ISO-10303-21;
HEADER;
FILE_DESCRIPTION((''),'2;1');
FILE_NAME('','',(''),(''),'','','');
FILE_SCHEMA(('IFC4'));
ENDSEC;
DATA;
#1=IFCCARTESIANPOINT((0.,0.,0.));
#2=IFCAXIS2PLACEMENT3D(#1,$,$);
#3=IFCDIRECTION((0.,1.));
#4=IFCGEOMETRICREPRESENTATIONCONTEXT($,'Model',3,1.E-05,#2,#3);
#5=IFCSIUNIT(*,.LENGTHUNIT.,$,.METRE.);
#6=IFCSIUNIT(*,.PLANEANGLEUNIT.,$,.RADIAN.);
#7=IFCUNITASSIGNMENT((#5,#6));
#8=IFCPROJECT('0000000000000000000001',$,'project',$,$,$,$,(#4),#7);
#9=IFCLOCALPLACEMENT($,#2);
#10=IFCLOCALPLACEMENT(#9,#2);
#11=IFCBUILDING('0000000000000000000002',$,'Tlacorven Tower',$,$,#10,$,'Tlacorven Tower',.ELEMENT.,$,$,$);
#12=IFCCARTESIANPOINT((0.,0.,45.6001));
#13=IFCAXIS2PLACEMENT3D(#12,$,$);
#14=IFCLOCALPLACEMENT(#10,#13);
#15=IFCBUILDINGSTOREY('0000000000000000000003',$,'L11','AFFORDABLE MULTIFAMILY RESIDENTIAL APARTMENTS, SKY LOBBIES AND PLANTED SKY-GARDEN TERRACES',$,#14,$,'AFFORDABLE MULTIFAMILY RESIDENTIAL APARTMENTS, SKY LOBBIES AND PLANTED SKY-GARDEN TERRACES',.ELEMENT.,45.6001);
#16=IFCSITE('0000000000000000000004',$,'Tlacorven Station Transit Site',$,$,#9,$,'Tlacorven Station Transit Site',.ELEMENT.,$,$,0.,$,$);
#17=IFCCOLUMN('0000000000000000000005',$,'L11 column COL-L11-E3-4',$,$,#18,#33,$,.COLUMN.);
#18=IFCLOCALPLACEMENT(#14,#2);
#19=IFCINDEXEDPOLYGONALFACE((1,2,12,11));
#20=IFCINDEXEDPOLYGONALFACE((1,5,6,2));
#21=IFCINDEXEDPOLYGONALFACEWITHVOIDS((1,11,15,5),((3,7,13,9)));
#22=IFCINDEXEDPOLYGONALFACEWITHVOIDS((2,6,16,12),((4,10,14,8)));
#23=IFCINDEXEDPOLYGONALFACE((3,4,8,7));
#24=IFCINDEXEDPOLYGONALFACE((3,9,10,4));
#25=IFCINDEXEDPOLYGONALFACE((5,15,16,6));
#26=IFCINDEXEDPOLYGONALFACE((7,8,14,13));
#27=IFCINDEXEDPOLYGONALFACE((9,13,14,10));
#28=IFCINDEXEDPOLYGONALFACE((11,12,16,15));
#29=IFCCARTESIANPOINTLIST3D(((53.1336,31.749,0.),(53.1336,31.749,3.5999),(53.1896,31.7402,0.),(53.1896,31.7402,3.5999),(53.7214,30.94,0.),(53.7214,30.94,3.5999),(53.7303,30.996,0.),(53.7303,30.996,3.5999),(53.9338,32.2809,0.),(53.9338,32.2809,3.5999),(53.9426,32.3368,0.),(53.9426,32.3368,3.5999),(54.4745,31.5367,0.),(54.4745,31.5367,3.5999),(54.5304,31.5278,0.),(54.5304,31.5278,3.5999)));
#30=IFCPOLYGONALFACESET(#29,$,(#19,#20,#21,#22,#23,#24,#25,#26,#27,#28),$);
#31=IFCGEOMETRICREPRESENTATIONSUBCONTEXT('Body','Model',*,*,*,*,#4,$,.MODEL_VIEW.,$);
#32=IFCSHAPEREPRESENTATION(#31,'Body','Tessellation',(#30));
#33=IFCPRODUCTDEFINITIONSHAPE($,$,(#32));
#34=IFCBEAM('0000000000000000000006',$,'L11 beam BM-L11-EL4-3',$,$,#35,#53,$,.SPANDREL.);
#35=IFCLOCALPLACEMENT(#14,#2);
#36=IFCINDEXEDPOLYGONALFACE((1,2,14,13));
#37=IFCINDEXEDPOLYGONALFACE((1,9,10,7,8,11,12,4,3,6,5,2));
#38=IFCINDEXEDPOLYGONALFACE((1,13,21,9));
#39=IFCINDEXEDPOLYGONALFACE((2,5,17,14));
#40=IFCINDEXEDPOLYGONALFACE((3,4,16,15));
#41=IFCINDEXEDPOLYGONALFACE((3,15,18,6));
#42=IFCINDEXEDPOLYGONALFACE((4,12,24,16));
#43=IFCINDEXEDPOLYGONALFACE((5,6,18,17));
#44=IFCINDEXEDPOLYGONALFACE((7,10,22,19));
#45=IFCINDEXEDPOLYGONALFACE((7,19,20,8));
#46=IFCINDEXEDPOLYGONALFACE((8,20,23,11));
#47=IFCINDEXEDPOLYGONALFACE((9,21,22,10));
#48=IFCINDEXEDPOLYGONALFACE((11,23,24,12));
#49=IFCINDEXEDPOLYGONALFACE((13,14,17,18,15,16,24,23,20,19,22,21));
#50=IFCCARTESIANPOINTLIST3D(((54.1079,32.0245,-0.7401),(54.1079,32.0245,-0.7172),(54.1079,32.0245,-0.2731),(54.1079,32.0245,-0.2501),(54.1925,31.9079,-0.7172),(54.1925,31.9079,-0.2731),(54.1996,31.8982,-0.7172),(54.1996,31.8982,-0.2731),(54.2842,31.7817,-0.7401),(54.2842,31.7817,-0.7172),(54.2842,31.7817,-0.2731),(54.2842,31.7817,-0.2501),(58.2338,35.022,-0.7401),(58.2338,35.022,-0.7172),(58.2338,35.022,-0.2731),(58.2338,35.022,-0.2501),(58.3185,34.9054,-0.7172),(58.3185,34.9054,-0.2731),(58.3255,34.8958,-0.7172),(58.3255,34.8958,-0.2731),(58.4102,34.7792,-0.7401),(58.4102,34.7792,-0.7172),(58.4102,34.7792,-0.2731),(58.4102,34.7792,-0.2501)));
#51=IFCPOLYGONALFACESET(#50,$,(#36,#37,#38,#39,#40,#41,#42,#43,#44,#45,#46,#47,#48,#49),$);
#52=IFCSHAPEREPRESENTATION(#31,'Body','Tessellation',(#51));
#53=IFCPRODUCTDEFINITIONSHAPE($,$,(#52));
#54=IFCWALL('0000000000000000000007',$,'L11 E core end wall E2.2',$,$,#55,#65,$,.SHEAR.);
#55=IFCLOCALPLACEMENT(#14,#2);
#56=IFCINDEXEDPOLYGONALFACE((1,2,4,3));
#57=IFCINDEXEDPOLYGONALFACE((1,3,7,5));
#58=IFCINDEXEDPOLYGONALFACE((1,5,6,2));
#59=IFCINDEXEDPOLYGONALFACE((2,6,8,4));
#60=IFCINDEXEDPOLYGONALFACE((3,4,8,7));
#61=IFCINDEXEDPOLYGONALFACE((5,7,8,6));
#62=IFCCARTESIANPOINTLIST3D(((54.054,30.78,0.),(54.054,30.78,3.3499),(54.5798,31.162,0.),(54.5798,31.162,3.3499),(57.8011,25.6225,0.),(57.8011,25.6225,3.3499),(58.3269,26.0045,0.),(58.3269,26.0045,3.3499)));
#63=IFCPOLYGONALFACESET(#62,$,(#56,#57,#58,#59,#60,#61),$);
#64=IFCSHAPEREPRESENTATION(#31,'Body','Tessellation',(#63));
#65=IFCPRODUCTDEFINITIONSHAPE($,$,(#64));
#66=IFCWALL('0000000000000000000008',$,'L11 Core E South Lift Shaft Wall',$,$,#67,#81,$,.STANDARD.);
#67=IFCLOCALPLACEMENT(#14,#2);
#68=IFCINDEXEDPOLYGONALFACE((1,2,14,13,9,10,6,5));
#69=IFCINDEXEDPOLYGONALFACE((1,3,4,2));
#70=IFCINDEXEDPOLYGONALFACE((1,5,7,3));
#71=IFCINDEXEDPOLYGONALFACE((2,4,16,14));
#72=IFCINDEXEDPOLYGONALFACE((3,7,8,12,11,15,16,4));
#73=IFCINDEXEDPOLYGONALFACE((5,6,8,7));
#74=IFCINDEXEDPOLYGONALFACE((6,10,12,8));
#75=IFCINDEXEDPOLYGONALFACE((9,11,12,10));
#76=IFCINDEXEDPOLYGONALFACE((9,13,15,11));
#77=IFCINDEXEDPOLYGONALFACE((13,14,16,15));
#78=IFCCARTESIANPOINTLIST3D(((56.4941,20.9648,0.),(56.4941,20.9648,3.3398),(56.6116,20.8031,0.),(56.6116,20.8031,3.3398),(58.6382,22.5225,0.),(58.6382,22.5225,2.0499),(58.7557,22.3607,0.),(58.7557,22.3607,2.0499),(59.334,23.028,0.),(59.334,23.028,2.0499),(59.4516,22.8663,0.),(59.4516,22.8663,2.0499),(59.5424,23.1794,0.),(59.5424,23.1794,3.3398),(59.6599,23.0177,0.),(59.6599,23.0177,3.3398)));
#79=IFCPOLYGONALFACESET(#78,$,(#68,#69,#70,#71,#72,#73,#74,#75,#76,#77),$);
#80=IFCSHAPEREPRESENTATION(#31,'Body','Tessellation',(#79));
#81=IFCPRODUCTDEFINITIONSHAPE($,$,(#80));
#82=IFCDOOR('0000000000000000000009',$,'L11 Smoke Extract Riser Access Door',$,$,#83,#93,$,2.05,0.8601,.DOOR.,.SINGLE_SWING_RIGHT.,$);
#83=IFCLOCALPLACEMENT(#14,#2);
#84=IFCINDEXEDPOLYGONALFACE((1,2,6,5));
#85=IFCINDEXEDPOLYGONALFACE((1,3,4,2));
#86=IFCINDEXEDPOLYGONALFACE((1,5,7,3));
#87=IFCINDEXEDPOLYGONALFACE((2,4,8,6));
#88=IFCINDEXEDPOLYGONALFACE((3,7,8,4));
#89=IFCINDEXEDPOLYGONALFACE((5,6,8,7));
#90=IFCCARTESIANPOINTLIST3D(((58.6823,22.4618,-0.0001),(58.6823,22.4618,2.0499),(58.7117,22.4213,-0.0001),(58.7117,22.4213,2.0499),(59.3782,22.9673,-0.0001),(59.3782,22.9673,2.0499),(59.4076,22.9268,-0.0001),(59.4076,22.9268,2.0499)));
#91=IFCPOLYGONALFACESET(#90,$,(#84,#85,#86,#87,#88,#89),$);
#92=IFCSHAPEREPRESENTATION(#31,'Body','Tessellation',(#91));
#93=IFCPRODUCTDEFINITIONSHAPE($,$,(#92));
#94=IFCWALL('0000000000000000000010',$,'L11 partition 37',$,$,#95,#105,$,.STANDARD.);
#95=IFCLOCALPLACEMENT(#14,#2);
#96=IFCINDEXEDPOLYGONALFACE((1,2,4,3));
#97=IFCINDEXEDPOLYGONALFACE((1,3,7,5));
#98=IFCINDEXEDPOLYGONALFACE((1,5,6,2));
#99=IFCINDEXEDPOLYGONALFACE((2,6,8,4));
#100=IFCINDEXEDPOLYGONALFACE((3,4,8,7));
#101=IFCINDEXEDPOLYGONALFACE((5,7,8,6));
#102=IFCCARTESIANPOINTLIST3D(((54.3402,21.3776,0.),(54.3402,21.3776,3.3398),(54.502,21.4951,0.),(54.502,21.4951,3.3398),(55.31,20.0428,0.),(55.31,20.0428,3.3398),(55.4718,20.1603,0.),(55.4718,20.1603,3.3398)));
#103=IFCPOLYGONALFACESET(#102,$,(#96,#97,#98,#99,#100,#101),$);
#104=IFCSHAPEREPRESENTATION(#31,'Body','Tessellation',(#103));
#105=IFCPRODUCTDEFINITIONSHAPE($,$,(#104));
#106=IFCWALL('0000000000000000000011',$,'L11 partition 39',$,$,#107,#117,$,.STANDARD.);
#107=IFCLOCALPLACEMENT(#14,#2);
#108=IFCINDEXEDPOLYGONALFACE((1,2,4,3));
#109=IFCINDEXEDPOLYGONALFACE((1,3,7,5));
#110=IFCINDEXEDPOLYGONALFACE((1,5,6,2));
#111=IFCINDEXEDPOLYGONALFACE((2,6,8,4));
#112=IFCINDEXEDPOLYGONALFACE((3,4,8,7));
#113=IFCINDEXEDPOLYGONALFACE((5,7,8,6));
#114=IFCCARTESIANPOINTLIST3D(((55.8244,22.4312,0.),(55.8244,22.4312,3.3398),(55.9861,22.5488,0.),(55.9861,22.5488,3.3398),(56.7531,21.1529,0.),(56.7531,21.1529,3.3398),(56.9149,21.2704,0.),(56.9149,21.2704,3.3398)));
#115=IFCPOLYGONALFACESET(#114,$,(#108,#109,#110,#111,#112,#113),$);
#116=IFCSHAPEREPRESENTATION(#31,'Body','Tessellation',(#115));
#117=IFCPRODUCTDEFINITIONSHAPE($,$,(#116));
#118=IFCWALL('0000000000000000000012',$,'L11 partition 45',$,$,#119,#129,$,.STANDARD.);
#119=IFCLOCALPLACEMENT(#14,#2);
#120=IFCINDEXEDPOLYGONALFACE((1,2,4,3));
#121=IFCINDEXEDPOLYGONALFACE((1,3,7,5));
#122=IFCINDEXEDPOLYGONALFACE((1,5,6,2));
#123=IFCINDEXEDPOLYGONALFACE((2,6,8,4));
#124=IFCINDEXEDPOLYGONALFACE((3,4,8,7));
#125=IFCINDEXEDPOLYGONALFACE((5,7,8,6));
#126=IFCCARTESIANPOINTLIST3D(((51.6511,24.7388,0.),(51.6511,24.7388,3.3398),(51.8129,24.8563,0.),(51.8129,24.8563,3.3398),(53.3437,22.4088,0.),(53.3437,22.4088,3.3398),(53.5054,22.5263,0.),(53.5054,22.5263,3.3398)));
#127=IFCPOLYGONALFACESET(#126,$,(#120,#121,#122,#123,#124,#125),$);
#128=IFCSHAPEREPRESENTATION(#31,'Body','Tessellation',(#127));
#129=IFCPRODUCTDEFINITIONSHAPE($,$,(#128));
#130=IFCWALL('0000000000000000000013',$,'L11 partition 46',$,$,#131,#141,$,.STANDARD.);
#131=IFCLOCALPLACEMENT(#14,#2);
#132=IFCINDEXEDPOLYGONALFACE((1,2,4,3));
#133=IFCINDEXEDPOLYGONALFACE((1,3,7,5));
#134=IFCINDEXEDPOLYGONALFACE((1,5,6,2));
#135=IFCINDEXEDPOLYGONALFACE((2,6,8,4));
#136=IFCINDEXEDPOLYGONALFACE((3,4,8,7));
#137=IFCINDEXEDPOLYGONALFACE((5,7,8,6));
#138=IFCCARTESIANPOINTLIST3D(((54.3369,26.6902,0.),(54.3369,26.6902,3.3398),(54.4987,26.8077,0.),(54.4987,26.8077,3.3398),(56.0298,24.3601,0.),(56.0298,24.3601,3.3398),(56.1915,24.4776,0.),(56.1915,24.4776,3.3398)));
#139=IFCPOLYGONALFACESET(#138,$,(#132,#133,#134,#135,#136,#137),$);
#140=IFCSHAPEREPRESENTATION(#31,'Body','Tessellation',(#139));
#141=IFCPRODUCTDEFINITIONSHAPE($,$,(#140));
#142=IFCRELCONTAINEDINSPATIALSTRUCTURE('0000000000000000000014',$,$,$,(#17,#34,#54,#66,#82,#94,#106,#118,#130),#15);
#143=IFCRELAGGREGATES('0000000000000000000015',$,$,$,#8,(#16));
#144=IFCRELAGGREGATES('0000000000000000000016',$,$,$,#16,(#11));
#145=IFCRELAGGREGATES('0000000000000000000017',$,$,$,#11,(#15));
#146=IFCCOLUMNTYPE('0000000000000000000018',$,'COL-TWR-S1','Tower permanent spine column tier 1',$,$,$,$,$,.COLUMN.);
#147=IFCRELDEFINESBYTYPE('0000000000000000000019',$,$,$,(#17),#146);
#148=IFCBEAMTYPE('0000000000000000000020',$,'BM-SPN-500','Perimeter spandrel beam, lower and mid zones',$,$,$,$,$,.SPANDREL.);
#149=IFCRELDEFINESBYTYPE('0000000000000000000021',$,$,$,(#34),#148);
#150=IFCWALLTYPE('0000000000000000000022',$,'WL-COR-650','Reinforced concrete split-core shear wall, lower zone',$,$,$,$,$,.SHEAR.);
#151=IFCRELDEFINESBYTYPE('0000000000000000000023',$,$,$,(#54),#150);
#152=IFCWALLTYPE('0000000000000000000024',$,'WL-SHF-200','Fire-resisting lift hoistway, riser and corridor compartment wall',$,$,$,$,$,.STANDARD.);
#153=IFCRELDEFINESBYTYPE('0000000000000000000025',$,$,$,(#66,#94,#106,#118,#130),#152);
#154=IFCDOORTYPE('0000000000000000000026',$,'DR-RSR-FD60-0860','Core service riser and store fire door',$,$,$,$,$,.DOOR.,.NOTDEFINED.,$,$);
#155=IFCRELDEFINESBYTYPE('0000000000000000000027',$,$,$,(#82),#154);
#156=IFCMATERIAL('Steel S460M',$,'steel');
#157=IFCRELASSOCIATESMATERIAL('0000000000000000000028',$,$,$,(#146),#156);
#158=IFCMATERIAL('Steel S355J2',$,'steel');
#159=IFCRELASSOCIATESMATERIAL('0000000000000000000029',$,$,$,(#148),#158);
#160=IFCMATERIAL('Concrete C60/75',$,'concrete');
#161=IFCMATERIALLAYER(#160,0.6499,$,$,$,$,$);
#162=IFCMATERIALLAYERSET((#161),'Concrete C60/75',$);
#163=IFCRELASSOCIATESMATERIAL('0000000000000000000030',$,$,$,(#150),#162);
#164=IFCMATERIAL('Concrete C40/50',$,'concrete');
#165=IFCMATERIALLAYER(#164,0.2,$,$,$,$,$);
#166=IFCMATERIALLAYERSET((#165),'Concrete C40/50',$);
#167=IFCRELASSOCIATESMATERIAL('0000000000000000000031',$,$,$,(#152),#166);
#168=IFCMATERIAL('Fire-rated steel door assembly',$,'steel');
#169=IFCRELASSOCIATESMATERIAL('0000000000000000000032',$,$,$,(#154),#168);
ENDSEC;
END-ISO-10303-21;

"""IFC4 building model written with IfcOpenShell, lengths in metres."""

from ifc_helpers import new_model, si_unit, direction, frame, frame_2d, origin, origin_2d, place, context, subcontext, project, spatial, rectangle, hollow_rectangle, i_section, extrude, source, transform, mapped, material, layer, layer_set, material_profile, profile_set, type_object, element, fill, save


model = new_model("IFC4")

# Units and contexts
model_context = context("Model", 3, precision=1e-05, world=origin(), true_north=direction((0.0, 1.0)))
body_context = subcontext(model_context, "Body", "Model", "MODEL_VIEW")
ifc_project = project(units=[si_unit("LENGTHUNIT", "METRE"), si_unit("PLANEANGLEUNIT", "RADIAN")], contexts=[model_context])

# Site, building, storey
site_placement = place(None, origin())
site = spatial("IfcSite", under=ifc_project, at=site_placement, Name="Tlacorven Station Transit Site", LongName="Tlacorven Station Transit Site", CompositionType="ELEMENT", RefElevation=0.0)
building_placement = place(site_placement, origin())
building = spatial("IfcBuilding", under=site, at=building_placement, Name="Tlacorven Tower", LongName="Tlacorven Tower", CompositionType="ELEMENT")
storey_placement = place(building_placement, frame((0.0, 0.0, 45.6001)))
storey = spatial("IfcBuildingStorey", under=building, at=storey_placement, Name="L11", Description="AFFORDABLE MULTIFAMILY RESIDENTIAL APARTMENTS, SKY LOBBIES AND PLANTED SKY-GARDEN TERRACES", LongName="AFFORDABLE MULTIFAMILY RESIDENTIAL APARTMENTS, SKY LOBBIES AND PLANTED SKY-GARDEN TERRACES", CompositionType="ELEMENT", Elevation=45.6001)

# Column
ifc_material_1 = material(Name="Steel S460M", Category="steel")
ifc_material_profile_1 = material_profile(ifc_material_1, hollow_rectangle(XDim=1.0, YDim=1.0, WallThickness=0.04, at=origin_2d()), Name="BOX 1000X1000X40")
ifc_profile_set_1 = profile_set([ifc_material_profile_1], Name="Steel S460M")
column_type = type_object("IfcColumnType", Name="COL-TWR-S1", Description="Tower permanent spine column tier 1", PredefinedType="COLUMN", material=ifc_profile_set_1)
shared_shape_1 = source(origin(), body_context, "Body", "SweptSolid", [
    extrude(hollow_rectangle(XDim=1.0, YDim=1.0, WallThickness=0.04, at=origin_2d()), origin(), (0.0, 0.0, 1.0), 3.5999),
])
column_placement = place(storey_placement, frame((53.832, 31.6384, 0.0), z_axis=(0.0, 0.0, 1.0), x_axis=(0.809017, 0.587785, 0.0)))
element("IfcColumn", 1, at=column_placement, inside=storey, type_object=column_type, Name="L11 column COL-L11-E3-4", PredefinedType="COLUMN", context=body_context, shape_type="MappedRepresentation", body=[
    mapped(shared_shape_1, transform((0.0, 0.0, 0.0), scale=1.0)),
])

# Beam
ifc_material_2 = material(Name="Steel S355J2", Category="steel")
ifc_material_profile_2 = material_profile(ifc_material_2, i_section(OverallWidth=0.3, OverallDepth=0.49, WebThickness=0.012, FlangeThickness=0.0229, at=origin_2d()), Name="HEA 500")
ifc_profile_set_2 = profile_set([ifc_material_profile_2], Name="Steel S355J2")
beam_type = type_object("IfcBeamType", Name="BM-SPN-500", Description="Perimeter spandrel beam, lower and mid zones", PredefinedType="SPANDREL", material=ifc_profile_set_2)
shared_shape_2 = source(origin(), body_context, "Body", "SweptSolid", [
    extrude(i_section(OverallWidth=0.3, OverallDepth=0.49, WebThickness=0.012, FlangeThickness=0.0229, at=origin_2d()), origin(), (0.0, 0.0, 1.0), 5.0999),
])
beam_placement = place(storey_placement, frame((54.196, 31.9031, -0.4951), z_axis=(0.80903, 0.587767, 0.0), x_axis=(-0.587767, 0.80903, 0.0)))
element("IfcBeam", 2, at=beam_placement, inside=storey, type_object=beam_type, Name="L11 beam BM-L11-EL4-3", PredefinedType="SPANDREL", context=body_context, shape_type="MappedRepresentation", body=[
    mapped(shared_shape_2, transform((0.0, 0.0, 0.0), scale=1.0)),
])

# Wall
ifc_material_3 = material(Name="Concrete C60/75", Category="concrete")
ifc_layer_1 = layer(ifc_material_3, 0.6499)
ifc_layer_set_1 = layer_set([ifc_layer_1], Name="Concrete C60/75")
wall_type_1 = type_object("IfcWallType", Name="WL-COR-650", Description="Reinforced concrete split-core shear wall, lower zone", PredefinedType="SHEAR", material=ifc_layer_set_1)
wall_1_placement = place(storey_placement, frame((58.064, 25.8135, 0.0), z_axis=(0.0, 0.0, 1.0), x_axis=(-0.58778, 0.809021, 0.0)))
element("IfcWall", 3, at=wall_1_placement, inside=storey, type_object=wall_type_1, Name="L11 E core end wall E2.2", PredefinedType="SHEAR", context=body_context, shape_type="SweptSolid", body=[
    extrude(rectangle(XDim=6.375, YDim=0.6499, at=frame_2d((3.1875, 0.0))), origin(), (0.0, 0.0, 1.0), 3.3499),
])

# Wall, opening, door
ifc_material_4 = material(Name="Concrete C40/50", Category="concrete")
ifc_layer_2 = layer(ifc_material_4, 0.2)
ifc_layer_set_2 = layer_set([ifc_layer_2], Name="Concrete C40/50")
wall_type_2 = type_object("IfcWallType", Name="WL-SHF-200", Description="Fire-resisting lift hoistway, riser and corridor compartment wall", PredefinedType="STANDARD", material=ifc_layer_set_2)
wall_2_placement = place(storey_placement, frame((56.553, 20.884, 0.0), z_axis=(0.0, 0.0, 1.0), x_axis=(0.809036, 0.587759, 0.0)))
wall_2 = element("IfcWall", 4, at=wall_2_placement, inside=storey, type_object=wall_type_2, Name="L11 Core E South Lift Shaft Wall", PredefinedType="STANDARD", context=body_context, shape_type="SweptSolid", body=[
    extrude(rectangle(XDim=3.7678, YDim=0.2, at=frame_2d((1.8838, 0.0))), origin(), (0.0, 0.0, 1.0), 3.3398),
])
opening_1_placement = place(wall_2_placement, frame((2.6499, 0.0, 0.0)))
opening_1 = element("IfcOpeningElement", 5, at=opening_1_placement, cuts=wall_2, PredefinedType="OPENING", context=body_context, shape_type="SweptSolid", body=[
    extrude(rectangle(XDim=0.8601, YDim=2.05, at=frame_2d((0.4302, 1.0249))), frame((0.0, 0.1099, 0.0), z_axis=(0.0, -1.0, 0.0), x_axis=(1.0, 0.0, 0.0)), (0.0, 0.0, 1.0), 0.22),
])
ifc_material_5 = material(Name="Fire-rated steel door assembly", Category="steel")
door_type_1 = type_object("IfcDoorType", Name="DR-RSR-FD60-0860", Description="Core service riser and store fire door", OperationType="NOTDEFINED", PredefinedType="DOOR", material=ifc_material_5)
shared_shape_3 = source(origin(), body_context, "Body", "SweptSolid", [
    extrude(rectangle(XDim=0.8601, YDim=2.05, at=frame_2d((0.4302, 1.0249))), frame((0.0, 0.0249, 0.0), z_axis=(0.0, -1.0, 0.0), x_axis=(1.0, 0.0, 0.0)), (0.0, 0.0, 1.0), 0.05),
])
door_1_placement = place(opening_1_placement, origin())
door_1 = element("IfcDoor", 6, at=door_1_placement, inside=storey, type_object=door_type_1, Name="L11 Smoke Extract Riser Access Door", OperationType="SINGLE_SWING_RIGHT", OverallHeight=2.05, OverallWidth=0.8601, PredefinedType="DOOR", context=body_context, shape_type="MappedRepresentation", body=[
    mapped(shared_shape_3, transform((0.0, 0.0, 0.0), scale=1.0)),
])
fill(opening_1, door_1)

# Walls
wall_3_placement = place(storey_placement, frame((55.3909, 20.1016, 0.0), z_axis=(0.0, 0.0, 1.0), x_axis=(-0.587784, 0.809018, 0.0)))
element("IfcWall", 7, at=wall_3_placement, inside=storey, type_object=wall_type_2, Name="L11 partition 37", PredefinedType="STANDARD", context=body_context, shape_type="SweptSolid", body=[
    extrude(rectangle(XDim=1.6499, YDim=0.2, at=frame_2d((0.825, 0.0))), origin(), (0.0, 0.0, 1.0), 3.3398),
])
wall_4_placement = place(storey_placement, frame((56.834, 21.2117, 0.0), z_axis=(0.0, 0.0, 1.0), x_axis=(-0.587767, 0.80903, 0.0)))
element("IfcWall", 8, at=wall_4_placement, inside=storey, type_object=wall_type_2, Name="L11 partition 39", PredefinedType="STANDARD", context=body_context, shape_type="SweptSolid", body=[
    extrude(rectangle(XDim=1.5801, YDim=0.2, at=frame_2d((0.79, 0.0))), origin(), (0.0, 0.0, 1.0), 3.3398),
])
wall_5_placement = place(storey_placement, frame((53.4246, 22.4675, 0.0), z_axis=(0.0, 0.0, 1.0), x_axis=(-0.587723, 0.809062, 0.0)))
element("IfcWall", 9, at=wall_5_placement, inside=storey, type_object=wall_type_2, Name="L11 partition 45", PredefinedType="STANDARD", context=body_context, shape_type="SweptSolid", body=[
    extrude(rectangle(XDim=2.8799, YDim=0.2, at=frame_2d((1.4399, 0.0))), origin(), (0.0, 0.0, 1.0), 3.3398),
])
wall_6_placement = place(storey_placement, frame((56.1106, 24.4189, 0.0), z_axis=(0.0, 0.0, 1.0), x_axis=(-0.587778, 0.809022, 0.0)))
element("IfcWall", 10, at=wall_6_placement, inside=storey, type_object=wall_type_2, Name="L11 partition 46", PredefinedType="STANDARD", context=body_context, shape_type="SweptSolid", body=[
    extrude(rectangle(XDim=2.8801, YDim=0.2, at=frame_2d((1.4399, 0.0))), origin(), (0.0, 0.0, 1.0), 3.3398),
])

save(model, "model.ifc")
